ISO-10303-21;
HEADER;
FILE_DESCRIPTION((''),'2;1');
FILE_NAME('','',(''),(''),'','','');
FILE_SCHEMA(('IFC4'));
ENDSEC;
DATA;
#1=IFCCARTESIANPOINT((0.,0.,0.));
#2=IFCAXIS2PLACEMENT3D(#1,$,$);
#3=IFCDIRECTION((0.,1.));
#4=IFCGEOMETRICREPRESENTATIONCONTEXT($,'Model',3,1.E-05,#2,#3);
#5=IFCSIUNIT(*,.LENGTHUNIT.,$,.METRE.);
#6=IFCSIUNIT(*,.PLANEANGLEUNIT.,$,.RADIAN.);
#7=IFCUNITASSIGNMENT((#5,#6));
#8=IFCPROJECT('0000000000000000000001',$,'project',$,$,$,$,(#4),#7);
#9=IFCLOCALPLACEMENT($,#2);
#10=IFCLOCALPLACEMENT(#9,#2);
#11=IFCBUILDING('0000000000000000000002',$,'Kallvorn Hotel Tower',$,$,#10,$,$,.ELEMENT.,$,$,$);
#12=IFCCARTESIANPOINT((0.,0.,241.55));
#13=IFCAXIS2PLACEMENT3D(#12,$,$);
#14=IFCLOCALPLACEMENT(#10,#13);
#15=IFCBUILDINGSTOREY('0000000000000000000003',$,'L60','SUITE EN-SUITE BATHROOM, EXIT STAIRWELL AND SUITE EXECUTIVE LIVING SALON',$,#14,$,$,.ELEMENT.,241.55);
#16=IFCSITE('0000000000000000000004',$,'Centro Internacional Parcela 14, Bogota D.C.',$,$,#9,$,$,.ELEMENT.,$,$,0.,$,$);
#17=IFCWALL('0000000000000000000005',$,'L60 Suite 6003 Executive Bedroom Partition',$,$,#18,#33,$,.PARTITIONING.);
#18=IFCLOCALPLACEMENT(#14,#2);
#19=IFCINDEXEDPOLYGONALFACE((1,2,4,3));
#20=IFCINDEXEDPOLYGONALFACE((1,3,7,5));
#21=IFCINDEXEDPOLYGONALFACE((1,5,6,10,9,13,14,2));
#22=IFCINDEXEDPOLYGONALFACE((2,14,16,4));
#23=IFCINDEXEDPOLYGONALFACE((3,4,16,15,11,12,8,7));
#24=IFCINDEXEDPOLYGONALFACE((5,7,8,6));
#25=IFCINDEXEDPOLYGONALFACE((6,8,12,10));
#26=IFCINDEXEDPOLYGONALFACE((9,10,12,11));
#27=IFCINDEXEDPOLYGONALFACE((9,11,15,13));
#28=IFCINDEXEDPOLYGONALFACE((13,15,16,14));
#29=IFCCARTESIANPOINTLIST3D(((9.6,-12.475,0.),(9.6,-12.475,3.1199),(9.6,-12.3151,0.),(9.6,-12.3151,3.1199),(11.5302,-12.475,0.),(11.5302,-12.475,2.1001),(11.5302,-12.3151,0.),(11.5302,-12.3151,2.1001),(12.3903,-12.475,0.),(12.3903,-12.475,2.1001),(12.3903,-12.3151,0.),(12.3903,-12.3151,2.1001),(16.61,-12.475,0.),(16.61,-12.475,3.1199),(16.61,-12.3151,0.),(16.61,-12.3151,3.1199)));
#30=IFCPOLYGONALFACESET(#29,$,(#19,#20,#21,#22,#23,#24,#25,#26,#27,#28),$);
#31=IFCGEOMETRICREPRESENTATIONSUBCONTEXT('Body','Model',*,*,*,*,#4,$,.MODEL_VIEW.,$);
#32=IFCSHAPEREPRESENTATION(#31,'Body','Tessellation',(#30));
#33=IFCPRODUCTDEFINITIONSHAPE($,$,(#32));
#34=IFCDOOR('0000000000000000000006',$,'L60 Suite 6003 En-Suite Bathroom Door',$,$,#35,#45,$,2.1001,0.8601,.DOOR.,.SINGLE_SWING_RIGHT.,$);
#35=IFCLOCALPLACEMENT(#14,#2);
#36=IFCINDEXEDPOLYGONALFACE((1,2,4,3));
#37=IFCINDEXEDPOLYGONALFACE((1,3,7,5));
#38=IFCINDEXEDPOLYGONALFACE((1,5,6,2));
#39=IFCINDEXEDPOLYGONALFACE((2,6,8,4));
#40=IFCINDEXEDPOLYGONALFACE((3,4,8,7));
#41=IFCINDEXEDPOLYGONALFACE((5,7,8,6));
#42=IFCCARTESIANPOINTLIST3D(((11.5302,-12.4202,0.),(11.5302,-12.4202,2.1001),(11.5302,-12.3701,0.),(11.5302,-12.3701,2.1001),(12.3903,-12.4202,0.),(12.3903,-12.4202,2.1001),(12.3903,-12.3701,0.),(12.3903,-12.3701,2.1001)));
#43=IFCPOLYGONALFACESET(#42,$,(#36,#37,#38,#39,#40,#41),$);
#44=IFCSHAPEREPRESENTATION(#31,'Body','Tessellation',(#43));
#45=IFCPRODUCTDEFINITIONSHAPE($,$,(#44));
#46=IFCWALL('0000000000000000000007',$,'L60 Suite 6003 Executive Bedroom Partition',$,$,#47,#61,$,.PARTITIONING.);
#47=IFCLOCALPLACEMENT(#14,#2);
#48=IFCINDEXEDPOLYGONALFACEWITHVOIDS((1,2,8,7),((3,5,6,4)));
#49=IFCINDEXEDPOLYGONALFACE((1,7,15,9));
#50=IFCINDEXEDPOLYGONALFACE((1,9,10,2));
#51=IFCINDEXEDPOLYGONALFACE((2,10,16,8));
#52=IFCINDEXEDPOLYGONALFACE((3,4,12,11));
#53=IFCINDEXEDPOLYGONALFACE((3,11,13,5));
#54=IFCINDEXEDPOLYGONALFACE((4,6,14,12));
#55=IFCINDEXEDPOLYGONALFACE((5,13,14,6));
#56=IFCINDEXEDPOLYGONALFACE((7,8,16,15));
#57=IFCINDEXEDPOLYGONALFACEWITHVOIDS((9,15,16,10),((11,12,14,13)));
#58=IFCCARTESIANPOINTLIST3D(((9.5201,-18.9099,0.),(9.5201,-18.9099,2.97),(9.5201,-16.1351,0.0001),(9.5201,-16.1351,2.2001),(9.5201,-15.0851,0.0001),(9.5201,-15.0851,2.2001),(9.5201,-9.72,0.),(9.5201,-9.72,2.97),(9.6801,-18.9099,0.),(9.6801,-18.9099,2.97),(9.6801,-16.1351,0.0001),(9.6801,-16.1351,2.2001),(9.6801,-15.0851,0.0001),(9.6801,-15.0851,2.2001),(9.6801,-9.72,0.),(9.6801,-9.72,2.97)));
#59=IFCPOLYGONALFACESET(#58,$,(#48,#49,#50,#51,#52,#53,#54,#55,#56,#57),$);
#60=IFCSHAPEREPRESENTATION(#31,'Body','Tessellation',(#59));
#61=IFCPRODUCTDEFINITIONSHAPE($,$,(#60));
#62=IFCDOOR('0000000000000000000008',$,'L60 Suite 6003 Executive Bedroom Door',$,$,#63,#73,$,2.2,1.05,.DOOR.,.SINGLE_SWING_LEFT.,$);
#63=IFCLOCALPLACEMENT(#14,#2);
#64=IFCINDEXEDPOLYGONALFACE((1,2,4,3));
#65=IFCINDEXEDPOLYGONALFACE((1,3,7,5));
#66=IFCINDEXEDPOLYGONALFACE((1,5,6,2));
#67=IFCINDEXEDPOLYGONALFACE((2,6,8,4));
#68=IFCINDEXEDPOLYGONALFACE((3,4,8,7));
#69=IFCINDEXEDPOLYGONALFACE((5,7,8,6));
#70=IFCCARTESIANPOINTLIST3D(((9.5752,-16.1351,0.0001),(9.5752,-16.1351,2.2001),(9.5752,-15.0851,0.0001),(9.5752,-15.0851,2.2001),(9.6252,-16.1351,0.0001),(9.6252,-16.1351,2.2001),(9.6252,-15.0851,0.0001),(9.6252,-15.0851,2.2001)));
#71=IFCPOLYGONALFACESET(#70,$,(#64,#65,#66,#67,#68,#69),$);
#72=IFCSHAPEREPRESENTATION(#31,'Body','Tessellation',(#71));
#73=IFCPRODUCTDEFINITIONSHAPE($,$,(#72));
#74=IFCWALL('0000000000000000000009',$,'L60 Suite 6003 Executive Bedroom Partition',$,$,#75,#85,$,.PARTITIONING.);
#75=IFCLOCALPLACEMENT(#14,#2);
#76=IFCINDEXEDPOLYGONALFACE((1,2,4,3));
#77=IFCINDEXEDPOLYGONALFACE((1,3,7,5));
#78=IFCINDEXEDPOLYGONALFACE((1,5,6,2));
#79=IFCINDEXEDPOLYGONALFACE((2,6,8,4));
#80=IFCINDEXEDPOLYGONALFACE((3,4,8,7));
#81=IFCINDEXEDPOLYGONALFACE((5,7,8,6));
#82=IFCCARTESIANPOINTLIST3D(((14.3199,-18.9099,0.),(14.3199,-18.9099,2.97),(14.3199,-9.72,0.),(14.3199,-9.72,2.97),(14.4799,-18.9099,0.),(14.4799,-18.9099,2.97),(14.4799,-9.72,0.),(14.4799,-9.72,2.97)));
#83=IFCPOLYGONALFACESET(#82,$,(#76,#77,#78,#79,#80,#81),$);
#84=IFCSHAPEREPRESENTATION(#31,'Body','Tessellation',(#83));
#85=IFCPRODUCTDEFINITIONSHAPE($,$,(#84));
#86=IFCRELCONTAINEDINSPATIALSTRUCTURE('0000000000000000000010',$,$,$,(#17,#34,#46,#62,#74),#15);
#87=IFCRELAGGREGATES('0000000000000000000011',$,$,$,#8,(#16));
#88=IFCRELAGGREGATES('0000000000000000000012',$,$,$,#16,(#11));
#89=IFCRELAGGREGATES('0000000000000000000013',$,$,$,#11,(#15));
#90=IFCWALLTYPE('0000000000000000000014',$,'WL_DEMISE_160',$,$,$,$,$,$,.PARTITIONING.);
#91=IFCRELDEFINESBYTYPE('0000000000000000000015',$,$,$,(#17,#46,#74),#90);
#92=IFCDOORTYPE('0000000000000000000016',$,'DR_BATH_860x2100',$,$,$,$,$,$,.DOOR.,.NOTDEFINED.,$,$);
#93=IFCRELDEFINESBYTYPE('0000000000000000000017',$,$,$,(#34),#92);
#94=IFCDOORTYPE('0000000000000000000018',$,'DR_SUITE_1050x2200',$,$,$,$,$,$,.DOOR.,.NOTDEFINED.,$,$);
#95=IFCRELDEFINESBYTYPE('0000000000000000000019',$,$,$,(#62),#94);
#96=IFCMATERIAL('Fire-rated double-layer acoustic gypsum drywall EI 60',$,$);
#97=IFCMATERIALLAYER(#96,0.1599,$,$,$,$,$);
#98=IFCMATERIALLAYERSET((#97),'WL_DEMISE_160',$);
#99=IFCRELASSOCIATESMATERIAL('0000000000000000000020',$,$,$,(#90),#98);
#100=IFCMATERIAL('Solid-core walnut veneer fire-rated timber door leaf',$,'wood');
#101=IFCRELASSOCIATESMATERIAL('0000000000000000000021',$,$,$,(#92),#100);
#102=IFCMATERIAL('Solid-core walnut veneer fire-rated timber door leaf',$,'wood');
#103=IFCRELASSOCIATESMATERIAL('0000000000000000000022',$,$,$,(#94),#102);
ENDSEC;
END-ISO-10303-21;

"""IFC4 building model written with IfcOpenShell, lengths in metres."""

from ifc_helpers import new_model, si_unit, direction, frame, frame_2d, origin, place, context, subcontext, project, spatial, rectangle, extrude, material, layer, layer_set, type_object, element, fill, save


model = new_model("IFC4")

# Units and contexts
model_context = context("Model", 3, precision=1e-05, world=origin(), true_north=direction((0.0, 1.0)))
body_context = subcontext(model_context, "Body", "Model", "MODEL_VIEW")
ifc_project = project(units=[si_unit("LENGTHUNIT", "METRE"), si_unit("PLANEANGLEUNIT", "RADIAN")], contexts=[model_context])

# Site, building, storey
site_placement = place(None, origin())
site = spatial("IfcSite", under=ifc_project, at=site_placement, Name="Centro Internacional Parcela 14, Bogota D.C.", CompositionType="ELEMENT", RefElevation=0.0)
building_placement = place(site_placement, origin())
building = spatial("IfcBuilding", under=site, at=building_placement, Name="Kallvorn Hotel Tower", CompositionType="ELEMENT")
storey_placement = place(building_placement, frame((0.0, 0.0, 241.55)))
storey = spatial("IfcBuildingStorey", under=building, at=storey_placement, Name="L60", Description="SUITE EN-SUITE BATHROOM, EXIT STAIRWELL AND SUITE EXECUTIVE LIVING SALON", CompositionType="ELEMENT", Elevation=241.55)

# Walls, openings, doors
ifc_material_1 = material(Name="Fire-rated double-layer acoustic gypsum drywall EI 60")
ifc_layer_1 = layer(ifc_material_1, 0.1599)
ifc_layer_set_1 = layer_set([ifc_layer_1], Name="WL_DEMISE_160")
wall_type_1 = type_object("IfcWallType", Name="WL_DEMISE_160", PredefinedType="PARTITIONING", material=ifc_layer_set_1)
wall_1_placement = place(storey_placement, frame((9.6001, -12.395, 0.0), z_axis=(0.0, 0.0, 1.0), x_axis=(1.0, 0.0, 0.0)))
wall_1 = element("IfcWall", 1, at=wall_1_placement, inside=storey, type_object=wall_type_1, Name="L60 Suite 6003 Executive Bedroom Partition", PredefinedType="PARTITIONING", context=body_context, shape_type="SweptSolid", body=[
    extrude(rectangle(XDim=7.01, YDim=0.1599, at=frame_2d((3.5049, 0.0))), origin(), (0.0, 0.0, 1.0), 3.1199),
])
opening_1_placement = place(wall_1_placement, frame((1.9299, 0.0, 0.0)))
opening_1 = element("IfcOpeningElement", 2, at=opening_1_placement, cuts=wall_1, PredefinedType="OPENING", context=body_context, shape_type="SweptSolid", body=[
    extrude(rectangle(XDim=0.8601, YDim=2.1001, at=frame_2d((0.4302, 1.05))), frame((0.0, 0.095, 0.0), z_axis=(0.0, -1.0, 0.0), x_axis=(1.0, 0.0, 0.0)), (0.0, 0.0, 1.0), 0.1899),
])
ifc_material_2 = material(Name="Solid-core walnut veneer fire-rated timber door leaf", Category="wood")
door_type_1 = type_object("IfcDoorType", Name="DR_BATH_860x2100", OperationType="NOTDEFINED", PredefinedType="DOOR", material=ifc_material_2)
door_1_placement = place(opening_1_placement, origin())
door_1 = element("IfcDoor", 3, at=door_1_placement, inside=storey, type_object=door_type_1, Name="L60 Suite 6003 En-Suite Bathroom Door", OperationType="SINGLE_SWING_RIGHT", OverallHeight=2.1001, OverallWidth=0.8601, PredefinedType="DOOR", context=body_context, shape_type="SweptSolid", body=[
    extrude(rectangle(XDim=0.8601, YDim=2.1001, at=frame_2d((0.4302, 1.05))), frame((0.0, 0.0249, 0.0), z_axis=(0.0, -1.0, 0.0), x_axis=(1.0, 0.0, 0.0)), (0.0, 0.0, 1.0), 0.05),
])
fill(opening_1, door_1)
wall_2_placement = place(storey_placement, frame((9.6001, -18.9099, 0.0), z_axis=(0.0, 0.0, 1.0), x_axis=(0.0, 1.0, 0.0)))
wall_2 = element("IfcWall", 4, at=wall_2_placement, inside=storey, type_object=wall_type_1, Name="L60 Suite 6003 Executive Bedroom Partition", PredefinedType="PARTITIONING", context=body_context, shape_type="SweptSolid", body=[
    extrude(rectangle(XDim=9.1899, YDim=0.1599, at=frame_2d((4.595, 0.0))), origin(), (0.0, 0.0, 1.0), 2.97),
])
opening_2_placement = place(wall_2_placement, frame((2.7749, 0.0, 0.0)))
opening_2 = element("IfcOpeningElement", 5, at=opening_2_placement, cuts=wall_2, PredefinedType="OPENING", context=body_context, shape_type="SweptSolid", body=[
    extrude(rectangle(XDim=1.05, YDim=2.2, at=frame_2d((0.5249, 1.1001))), frame((0.0, 0.095, 0.0), z_axis=(0.0, -1.0, 0.0), x_axis=(1.0, 0.0, 0.0)), (0.0, 0.0, 1.0), 0.1899),
])
ifc_material_3 = material(Name="Solid-core walnut veneer fire-rated timber door leaf", Category="wood")
door_type_2 = type_object("IfcDoorType", Name="DR_SUITE_1050x2200", OperationType="NOTDEFINED", PredefinedType="DOOR", material=ifc_material_3)
door_2_placement = place(opening_2_placement, origin())
door_2 = element("IfcDoor", 6, at=door_2_placement, inside=storey, type_object=door_type_2, Name="L60 Suite 6003 Executive Bedroom Door", OperationType="SINGLE_SWING_LEFT", OverallHeight=2.2, OverallWidth=1.05, PredefinedType="DOOR", context=body_context, shape_type="SweptSolid", body=[
    extrude(rectangle(XDim=1.05, YDim=2.2, at=frame_2d((0.5249, 1.1001))), frame((0.0, 0.0249, 0.0), z_axis=(0.0, -1.0, 0.0), x_axis=(1.0, 0.0, 0.0)), (0.0, 0.0, 1.0), 0.05),
])
fill(opening_2, door_2)

# Wall
wall_3_placement = place(storey_placement, frame((14.3999, -18.9099, 0.0), z_axis=(0.0, 0.0, 1.0), x_axis=(0.0, 1.0, 0.0)))
element("IfcWall", 7, at=wall_3_placement, inside=storey, type_object=wall_type_1, Name="L60 Suite 6003 Executive Bedroom Partition", PredefinedType="PARTITIONING", context=body_context, shape_type="SweptSolid", body=[
    extrude(rectangle(XDim=9.1899, YDim=0.1599, at=frame_2d((4.595, 0.0))), origin(), (0.0, 0.0, 1.0), 2.97),
])

save(model, "model.ifc")
